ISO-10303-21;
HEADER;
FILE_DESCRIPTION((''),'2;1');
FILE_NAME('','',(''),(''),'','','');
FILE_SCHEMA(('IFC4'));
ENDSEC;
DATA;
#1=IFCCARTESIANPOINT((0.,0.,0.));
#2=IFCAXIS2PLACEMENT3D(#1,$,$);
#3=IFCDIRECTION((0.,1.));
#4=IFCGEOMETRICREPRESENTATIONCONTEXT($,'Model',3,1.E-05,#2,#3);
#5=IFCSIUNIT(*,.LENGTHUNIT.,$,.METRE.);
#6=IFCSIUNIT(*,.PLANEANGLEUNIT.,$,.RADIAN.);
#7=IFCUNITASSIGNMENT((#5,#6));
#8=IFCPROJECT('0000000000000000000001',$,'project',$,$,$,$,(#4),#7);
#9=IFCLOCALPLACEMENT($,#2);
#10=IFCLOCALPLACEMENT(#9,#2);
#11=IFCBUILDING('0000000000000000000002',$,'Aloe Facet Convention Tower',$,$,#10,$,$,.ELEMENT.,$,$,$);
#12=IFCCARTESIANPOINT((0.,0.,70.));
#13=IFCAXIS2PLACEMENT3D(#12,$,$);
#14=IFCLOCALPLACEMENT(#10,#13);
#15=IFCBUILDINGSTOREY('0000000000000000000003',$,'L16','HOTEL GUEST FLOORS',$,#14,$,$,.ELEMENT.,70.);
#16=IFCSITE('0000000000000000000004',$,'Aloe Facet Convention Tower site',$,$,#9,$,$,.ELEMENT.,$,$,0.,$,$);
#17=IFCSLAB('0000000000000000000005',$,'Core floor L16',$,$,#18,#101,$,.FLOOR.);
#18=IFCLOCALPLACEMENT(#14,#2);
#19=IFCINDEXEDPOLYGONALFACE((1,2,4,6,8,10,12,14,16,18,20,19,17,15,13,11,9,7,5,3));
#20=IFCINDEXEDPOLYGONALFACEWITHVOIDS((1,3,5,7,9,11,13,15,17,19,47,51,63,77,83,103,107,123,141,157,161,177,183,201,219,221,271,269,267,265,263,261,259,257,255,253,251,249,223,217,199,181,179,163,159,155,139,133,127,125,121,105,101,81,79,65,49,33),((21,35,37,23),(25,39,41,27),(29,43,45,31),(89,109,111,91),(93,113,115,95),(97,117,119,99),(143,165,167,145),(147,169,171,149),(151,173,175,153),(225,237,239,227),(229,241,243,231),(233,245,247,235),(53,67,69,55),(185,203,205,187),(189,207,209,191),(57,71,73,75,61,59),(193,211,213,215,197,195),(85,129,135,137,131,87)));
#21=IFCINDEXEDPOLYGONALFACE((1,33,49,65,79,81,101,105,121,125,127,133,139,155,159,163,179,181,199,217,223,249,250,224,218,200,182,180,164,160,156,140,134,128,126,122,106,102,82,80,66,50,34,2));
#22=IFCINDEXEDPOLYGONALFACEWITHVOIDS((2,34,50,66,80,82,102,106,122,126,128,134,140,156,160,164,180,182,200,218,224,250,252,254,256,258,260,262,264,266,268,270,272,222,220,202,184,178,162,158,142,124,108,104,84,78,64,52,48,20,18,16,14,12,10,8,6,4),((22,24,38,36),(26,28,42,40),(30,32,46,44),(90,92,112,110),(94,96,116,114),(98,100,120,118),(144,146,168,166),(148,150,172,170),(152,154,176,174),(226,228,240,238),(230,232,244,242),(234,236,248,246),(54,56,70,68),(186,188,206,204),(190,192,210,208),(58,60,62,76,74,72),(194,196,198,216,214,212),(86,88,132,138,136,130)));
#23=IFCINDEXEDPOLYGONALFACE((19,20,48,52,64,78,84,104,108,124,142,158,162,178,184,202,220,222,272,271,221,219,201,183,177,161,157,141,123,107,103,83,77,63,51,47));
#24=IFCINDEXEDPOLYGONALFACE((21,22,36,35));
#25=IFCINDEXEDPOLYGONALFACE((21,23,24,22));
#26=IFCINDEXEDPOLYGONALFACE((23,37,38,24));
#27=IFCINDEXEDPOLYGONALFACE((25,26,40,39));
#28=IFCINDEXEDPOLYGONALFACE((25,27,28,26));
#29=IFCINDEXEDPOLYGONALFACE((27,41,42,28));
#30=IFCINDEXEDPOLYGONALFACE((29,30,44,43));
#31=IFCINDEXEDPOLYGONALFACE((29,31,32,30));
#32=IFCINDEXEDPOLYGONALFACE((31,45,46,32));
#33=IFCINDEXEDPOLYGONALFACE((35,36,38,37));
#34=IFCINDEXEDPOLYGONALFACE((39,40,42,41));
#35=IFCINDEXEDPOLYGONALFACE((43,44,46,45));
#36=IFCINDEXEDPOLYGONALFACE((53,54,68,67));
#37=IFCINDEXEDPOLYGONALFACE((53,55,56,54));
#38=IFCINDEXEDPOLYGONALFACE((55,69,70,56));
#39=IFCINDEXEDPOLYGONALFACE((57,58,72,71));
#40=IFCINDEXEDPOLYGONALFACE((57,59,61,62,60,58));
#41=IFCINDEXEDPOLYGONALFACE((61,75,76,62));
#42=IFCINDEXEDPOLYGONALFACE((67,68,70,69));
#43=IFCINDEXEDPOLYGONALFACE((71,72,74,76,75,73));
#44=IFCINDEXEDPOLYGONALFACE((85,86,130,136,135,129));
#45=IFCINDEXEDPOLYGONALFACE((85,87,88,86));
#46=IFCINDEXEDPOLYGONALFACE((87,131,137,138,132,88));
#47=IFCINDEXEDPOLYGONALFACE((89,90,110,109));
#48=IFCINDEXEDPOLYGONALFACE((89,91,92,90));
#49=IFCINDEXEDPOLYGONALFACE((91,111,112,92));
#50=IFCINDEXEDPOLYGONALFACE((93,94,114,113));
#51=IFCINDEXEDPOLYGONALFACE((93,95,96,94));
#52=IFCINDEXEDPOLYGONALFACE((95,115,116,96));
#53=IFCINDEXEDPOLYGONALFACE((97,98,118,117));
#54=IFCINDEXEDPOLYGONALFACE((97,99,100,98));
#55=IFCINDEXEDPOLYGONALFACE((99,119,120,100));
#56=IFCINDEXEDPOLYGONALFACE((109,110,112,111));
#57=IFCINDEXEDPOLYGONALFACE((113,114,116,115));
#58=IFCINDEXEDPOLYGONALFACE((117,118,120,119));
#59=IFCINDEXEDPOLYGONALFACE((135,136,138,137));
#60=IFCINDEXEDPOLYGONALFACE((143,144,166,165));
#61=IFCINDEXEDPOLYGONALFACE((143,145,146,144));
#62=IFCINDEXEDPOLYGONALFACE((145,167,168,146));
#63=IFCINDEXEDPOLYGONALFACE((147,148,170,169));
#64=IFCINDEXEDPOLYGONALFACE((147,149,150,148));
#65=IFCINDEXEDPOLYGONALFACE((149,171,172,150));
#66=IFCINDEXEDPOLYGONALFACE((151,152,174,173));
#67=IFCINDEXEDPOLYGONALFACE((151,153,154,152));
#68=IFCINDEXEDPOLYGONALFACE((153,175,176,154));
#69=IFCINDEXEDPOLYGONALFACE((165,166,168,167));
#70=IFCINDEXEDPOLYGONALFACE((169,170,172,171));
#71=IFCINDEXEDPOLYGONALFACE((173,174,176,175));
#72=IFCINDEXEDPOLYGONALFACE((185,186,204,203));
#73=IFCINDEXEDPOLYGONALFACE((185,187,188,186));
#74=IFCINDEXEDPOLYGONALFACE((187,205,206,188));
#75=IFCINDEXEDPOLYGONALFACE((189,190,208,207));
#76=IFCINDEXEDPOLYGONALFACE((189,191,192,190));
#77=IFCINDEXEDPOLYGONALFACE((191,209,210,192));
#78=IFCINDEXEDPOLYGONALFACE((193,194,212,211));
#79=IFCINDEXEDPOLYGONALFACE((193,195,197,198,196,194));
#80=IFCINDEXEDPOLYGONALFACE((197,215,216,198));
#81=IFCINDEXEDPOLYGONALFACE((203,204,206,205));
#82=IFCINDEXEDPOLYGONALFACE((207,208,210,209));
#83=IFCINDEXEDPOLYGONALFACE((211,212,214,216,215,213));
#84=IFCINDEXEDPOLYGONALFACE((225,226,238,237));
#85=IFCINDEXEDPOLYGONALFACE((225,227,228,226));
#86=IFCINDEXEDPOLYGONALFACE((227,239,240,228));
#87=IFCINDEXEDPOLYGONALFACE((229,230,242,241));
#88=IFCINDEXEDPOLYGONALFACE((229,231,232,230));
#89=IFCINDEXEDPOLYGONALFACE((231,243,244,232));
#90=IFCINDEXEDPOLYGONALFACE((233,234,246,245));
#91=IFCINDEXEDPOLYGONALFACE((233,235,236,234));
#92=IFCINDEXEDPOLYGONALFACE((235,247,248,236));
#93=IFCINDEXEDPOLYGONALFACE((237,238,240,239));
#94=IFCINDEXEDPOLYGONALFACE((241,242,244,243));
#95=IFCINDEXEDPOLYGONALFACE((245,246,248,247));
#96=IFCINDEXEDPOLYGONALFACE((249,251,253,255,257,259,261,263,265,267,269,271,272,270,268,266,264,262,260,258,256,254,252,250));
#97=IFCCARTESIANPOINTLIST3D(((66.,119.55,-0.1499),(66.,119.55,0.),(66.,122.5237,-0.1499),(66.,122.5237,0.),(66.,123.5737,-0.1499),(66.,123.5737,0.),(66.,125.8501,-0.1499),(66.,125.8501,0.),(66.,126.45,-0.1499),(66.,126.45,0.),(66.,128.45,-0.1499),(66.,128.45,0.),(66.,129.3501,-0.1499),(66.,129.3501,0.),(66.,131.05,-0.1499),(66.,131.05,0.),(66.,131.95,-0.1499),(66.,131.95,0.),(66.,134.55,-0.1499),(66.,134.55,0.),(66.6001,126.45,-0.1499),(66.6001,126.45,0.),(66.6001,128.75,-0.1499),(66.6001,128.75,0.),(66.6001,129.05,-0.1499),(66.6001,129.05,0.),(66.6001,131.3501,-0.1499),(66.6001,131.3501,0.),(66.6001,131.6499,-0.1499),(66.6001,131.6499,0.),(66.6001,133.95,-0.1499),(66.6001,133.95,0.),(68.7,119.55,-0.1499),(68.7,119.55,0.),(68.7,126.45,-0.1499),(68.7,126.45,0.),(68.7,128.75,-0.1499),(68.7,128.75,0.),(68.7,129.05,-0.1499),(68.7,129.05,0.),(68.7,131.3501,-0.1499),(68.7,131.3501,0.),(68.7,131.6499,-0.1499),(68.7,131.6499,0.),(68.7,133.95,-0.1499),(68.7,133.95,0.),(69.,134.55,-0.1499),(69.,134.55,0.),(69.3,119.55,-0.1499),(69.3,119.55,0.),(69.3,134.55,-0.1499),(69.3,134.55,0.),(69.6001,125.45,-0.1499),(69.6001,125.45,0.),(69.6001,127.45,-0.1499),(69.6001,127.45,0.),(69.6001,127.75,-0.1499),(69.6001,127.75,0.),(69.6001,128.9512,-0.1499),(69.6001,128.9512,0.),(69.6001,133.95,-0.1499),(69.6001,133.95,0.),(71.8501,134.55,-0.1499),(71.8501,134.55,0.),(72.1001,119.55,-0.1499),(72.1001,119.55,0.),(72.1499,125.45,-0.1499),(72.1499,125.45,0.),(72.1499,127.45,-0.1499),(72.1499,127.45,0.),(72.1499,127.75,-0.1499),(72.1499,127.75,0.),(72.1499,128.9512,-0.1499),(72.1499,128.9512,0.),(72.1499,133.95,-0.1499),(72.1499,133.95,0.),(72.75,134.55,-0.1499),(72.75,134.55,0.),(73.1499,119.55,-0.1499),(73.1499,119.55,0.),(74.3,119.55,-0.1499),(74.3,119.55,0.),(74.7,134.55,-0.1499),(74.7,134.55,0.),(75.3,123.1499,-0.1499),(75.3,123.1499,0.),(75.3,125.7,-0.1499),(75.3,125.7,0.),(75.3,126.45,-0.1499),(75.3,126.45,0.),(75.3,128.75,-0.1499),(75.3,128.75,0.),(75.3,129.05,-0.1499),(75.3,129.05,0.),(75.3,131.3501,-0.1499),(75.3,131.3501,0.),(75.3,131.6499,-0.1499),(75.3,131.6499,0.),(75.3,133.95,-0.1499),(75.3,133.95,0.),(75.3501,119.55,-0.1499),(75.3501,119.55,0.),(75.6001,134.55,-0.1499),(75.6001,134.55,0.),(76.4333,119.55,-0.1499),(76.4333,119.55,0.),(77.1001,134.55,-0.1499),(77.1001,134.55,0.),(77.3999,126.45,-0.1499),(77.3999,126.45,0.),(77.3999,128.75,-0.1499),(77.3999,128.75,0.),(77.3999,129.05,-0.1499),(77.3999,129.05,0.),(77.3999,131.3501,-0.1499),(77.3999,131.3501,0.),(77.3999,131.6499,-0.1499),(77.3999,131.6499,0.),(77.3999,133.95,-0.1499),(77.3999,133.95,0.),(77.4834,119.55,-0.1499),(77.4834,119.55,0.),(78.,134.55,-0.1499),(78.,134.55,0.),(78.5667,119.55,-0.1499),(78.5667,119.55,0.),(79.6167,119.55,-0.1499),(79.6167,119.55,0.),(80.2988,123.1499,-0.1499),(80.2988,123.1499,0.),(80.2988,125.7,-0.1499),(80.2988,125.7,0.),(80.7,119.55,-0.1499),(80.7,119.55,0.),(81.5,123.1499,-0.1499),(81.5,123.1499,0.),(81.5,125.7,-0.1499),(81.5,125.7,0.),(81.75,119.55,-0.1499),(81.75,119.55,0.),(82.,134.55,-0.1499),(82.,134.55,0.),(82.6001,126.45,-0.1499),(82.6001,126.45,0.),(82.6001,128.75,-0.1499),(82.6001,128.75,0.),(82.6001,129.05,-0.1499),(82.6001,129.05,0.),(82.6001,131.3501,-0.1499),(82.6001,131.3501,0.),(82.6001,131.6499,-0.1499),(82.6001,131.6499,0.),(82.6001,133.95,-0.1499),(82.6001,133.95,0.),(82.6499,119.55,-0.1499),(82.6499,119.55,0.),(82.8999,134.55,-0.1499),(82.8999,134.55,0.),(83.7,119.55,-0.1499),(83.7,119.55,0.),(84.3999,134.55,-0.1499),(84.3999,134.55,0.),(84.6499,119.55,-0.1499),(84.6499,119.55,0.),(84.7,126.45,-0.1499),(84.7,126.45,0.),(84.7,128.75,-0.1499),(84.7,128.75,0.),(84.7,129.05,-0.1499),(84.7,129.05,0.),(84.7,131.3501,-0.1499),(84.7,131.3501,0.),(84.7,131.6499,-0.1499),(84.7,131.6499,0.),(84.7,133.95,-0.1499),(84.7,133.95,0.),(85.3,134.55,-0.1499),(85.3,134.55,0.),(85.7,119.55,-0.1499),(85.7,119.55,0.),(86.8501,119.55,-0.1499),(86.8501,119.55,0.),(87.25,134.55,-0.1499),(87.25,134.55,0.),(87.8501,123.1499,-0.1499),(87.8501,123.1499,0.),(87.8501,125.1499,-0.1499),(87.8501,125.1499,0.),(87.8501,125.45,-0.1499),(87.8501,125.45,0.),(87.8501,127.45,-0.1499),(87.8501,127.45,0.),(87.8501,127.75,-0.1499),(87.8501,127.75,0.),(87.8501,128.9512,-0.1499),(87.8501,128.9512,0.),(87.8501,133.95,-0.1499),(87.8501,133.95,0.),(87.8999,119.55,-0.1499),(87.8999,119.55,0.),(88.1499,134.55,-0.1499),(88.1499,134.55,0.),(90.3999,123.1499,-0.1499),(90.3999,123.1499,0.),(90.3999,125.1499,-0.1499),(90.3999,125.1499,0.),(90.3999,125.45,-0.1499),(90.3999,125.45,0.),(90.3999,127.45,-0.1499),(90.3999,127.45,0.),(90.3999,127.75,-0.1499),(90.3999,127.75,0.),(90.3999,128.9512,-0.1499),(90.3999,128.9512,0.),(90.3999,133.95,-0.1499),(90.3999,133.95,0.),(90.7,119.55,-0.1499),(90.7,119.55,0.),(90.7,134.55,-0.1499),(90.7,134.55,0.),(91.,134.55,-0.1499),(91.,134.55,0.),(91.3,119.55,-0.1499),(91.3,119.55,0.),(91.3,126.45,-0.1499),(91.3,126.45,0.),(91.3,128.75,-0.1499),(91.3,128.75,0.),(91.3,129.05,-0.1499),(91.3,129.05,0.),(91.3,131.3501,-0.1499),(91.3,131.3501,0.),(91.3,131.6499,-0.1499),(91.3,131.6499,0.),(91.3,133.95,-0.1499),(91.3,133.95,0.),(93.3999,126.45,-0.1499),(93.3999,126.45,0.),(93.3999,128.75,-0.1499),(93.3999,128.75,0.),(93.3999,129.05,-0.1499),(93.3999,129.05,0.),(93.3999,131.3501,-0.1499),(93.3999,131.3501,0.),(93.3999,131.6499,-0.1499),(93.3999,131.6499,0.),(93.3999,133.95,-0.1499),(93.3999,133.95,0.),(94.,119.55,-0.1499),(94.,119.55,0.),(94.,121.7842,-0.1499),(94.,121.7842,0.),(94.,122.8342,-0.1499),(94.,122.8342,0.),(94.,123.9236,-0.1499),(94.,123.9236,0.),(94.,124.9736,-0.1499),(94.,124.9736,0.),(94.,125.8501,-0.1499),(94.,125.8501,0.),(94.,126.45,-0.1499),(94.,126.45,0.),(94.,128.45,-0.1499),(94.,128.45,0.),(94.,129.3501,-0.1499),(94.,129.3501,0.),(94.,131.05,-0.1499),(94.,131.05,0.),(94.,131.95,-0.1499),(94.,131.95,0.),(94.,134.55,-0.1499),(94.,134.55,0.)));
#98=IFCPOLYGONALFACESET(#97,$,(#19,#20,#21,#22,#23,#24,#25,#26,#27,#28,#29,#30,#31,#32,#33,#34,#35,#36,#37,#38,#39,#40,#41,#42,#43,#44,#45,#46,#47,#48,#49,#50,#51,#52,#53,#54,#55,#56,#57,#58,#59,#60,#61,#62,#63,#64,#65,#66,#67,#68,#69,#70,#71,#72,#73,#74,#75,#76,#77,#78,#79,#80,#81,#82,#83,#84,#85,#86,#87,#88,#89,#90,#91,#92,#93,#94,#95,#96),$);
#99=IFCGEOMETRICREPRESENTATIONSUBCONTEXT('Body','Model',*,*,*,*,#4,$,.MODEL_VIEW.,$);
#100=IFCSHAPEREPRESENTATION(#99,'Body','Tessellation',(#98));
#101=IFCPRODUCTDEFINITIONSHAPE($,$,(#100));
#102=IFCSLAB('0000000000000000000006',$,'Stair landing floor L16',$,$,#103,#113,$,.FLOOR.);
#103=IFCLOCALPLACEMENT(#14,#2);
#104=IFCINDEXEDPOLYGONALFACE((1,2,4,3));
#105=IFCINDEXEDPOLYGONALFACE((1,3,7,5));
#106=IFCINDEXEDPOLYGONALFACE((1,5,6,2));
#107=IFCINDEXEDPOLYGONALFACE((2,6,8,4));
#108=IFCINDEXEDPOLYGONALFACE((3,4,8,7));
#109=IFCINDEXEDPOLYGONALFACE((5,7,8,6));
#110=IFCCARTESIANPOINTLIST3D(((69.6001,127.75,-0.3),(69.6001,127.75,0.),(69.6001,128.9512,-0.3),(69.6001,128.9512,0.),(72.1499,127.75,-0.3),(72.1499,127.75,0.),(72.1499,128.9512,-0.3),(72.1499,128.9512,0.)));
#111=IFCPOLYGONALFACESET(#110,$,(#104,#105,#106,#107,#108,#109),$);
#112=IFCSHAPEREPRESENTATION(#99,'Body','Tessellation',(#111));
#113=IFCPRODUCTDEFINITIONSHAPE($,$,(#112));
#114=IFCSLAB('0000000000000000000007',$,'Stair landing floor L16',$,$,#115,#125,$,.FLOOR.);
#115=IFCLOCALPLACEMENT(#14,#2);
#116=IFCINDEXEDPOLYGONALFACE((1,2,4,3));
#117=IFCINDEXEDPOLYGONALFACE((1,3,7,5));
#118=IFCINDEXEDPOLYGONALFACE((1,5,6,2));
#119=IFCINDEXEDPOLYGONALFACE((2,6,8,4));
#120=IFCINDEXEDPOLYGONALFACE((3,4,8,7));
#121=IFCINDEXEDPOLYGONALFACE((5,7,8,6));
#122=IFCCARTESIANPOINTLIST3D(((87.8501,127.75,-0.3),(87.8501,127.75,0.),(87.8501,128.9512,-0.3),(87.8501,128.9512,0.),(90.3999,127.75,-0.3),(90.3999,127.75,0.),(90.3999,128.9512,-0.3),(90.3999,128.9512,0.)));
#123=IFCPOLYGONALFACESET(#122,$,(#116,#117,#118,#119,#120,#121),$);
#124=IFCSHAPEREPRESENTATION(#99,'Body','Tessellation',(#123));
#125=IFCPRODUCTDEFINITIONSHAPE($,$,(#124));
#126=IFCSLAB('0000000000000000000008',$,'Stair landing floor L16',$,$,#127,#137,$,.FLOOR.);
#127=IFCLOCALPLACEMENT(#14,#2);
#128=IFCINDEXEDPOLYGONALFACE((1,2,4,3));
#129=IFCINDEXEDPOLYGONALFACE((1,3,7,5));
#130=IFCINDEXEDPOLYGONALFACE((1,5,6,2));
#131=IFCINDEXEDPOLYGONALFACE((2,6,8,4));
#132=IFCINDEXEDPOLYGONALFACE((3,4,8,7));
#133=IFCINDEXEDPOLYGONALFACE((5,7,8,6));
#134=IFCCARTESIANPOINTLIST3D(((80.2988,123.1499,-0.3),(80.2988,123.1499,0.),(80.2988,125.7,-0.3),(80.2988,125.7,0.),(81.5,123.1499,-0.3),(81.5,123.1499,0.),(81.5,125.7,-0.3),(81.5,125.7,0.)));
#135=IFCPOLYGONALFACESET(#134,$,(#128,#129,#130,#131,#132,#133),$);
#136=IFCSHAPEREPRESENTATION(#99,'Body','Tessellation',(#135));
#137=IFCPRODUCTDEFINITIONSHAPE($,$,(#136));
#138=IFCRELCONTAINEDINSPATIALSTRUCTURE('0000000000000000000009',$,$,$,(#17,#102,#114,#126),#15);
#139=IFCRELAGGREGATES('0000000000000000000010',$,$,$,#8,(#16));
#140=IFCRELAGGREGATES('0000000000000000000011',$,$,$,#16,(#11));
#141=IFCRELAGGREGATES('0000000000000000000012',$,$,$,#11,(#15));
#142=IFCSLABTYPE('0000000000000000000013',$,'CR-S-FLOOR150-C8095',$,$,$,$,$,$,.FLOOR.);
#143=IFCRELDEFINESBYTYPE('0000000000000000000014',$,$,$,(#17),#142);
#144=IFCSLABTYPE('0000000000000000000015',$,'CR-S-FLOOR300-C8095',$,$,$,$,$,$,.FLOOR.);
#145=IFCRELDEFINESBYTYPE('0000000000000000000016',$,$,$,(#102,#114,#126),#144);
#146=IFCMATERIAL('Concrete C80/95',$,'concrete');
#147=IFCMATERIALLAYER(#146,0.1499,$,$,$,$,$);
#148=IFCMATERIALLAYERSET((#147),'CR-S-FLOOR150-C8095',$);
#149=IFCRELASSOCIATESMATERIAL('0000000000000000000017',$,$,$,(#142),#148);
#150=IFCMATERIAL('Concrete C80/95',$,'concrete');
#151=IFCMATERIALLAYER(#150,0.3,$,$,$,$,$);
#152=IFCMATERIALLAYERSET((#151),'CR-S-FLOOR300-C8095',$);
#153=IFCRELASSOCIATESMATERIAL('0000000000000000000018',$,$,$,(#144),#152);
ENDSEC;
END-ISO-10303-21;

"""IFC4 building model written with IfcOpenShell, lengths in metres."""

from ifc_helpers import new_model, si_unit, direction, frame, origin, place, context, subcontext, project, spatial, polyline, outline, extrude, material, layer, layer_set, type_object, element, save


model = new_model("IFC4")

# Units and contexts
model_context = context("Model", 3, precision=1e-05, world=origin(), true_north=direction((0.0, 1.0)))
body_context = subcontext(model_context, "Body", "Model", "MODEL_VIEW")
ifc_project = project(units=[si_unit("LENGTHUNIT", "METRE"), si_unit("PLANEANGLEUNIT", "RADIAN")], contexts=[model_context])

# Site, building, storey
site_placement = place(None, origin())
site = spatial("IfcSite", under=ifc_project, at=site_placement, Name="Aloe Facet Convention Tower site", CompositionType="ELEMENT", RefElevation=0.0)
building_placement = place(site_placement, origin())
building = spatial("IfcBuilding", under=site, at=building_placement, Name="Aloe Facet Convention Tower", CompositionType="ELEMENT")
storey_placement = place(building_placement, frame((0.0, 0.0, 70.0)))
storey = spatial("IfcBuildingStorey", under=building, at=storey_placement, Name="L16", Description="HOTEL GUEST FLOORS", CompositionType="ELEMENT", Elevation=70.0)

# Slabs
ifc_material_1 = material(Name="Concrete C80/95", Category="concrete")
ifc_layer_1 = layer(ifc_material_1, 0.1499)
ifc_layer_set_1 = layer_set([ifc_layer_1], Name="CR-S-FLOOR150-C8095")
slab_type_1 = type_object("IfcSlabType", Name="CR-S-FLOOR150-C8095", PredefinedType="FLOOR", material=ifc_layer_set_1)
slab_1_placement = place(storey_placement, frame((0.0, 0.0, -0.1499)))
element("IfcSlab", 1, at=slab_1_placement, inside=storey, type_object=slab_type_1, Name="Core floor L16", PredefinedType="FLOOR", context=body_context, shape_type="SweptSolid", body=[
    extrude(outline(polyline([(69.3, 134.55), (71.8501, 134.55), (72.75, 134.55), (74.7, 134.55), (75.6001, 134.55), (77.1001, 134.55), (78.0, 134.55), (82.0, 134.55), (82.8999, 134.55), (84.3999, 134.55), (85.3, 134.55), (87.25, 134.55), (88.1499, 134.55), (90.7, 134.55), (91.0, 134.55), (94.0, 134.55), (94.0, 131.95), (94.0, 131.05), (94.0, 129.3501), (94.0, 128.45), (94.0, 126.45), (94.0, 125.8501), (94.0, 124.9736), (94.0, 123.9236), (94.0, 122.8342), (94.0, 121.7842), (94.0, 119.55), (91.3, 119.55), (90.7, 119.55), (87.8999, 119.55), (86.8501, 119.55), (85.7, 119.55), (84.6499, 119.55), (83.7, 119.55), (82.6499, 119.55), (81.75, 119.55), (80.7, 119.55), (79.6167, 119.55), (78.5667, 119.55), (77.4834, 119.55), (76.4333, 119.55), (75.3501, 119.55), (74.3, 119.55), (73.1499, 119.55), (72.1001, 119.55), (69.3, 119.55), (68.7, 119.55), (66.0, 119.55), (66.0, 122.5237), (66.0, 123.5737), (66.0, 125.8501), (66.0, 126.45), (66.0, 128.45), (66.0, 129.3501), (66.0, 131.05), (66.0, 131.95), (66.0, 134.55), (69.0, 134.55), (69.3, 134.55)]), holes=[polyline([(75.3, 123.1499), (80.2988, 123.1499), (81.5, 123.1499), (81.5, 125.7), (80.2988, 125.7), (75.3, 125.7), (75.3, 123.1499)]), polyline([(69.6001, 125.45), (72.1499, 125.45), (72.1499, 127.45), (69.6001, 127.45), (69.6001, 125.45)]), polyline([(66.6001, 126.45), (68.7, 126.45), (68.7, 128.75), (66.6001, 128.75), (66.6001, 126.45)]), polyline([(75.3, 126.45), (77.3999, 126.45), (77.3999, 128.75), (75.3, 128.75), (75.3, 126.45)]), polyline([(66.6001, 129.05), (68.7, 129.05), (68.7, 131.3501), (66.6001, 131.3501), (66.6001, 129.05)]), polyline([(75.3, 129.05), (77.3999, 129.05), (77.3999, 131.3501), (75.3, 131.3501), (75.3, 129.05)]), polyline([(69.6001, 133.95), (69.6001, 128.9512), (69.6001, 127.75), (72.1499, 127.75), (72.1499, 128.9512), (72.1499, 133.95), (69.6001, 133.95)]), polyline([(66.6001, 133.95), (66.6001, 131.6499), (68.7, 131.6499), (68.7, 133.95), (66.6001, 133.95)]), polyline([(75.3, 133.95), (75.3, 131.6499), (77.3999, 131.6499), (77.3999, 133.95), (75.3, 133.95)]), polyline([(87.8501, 123.1499), (90.3999, 123.1499), (90.3999, 125.1499), (87.8501, 125.1499), (87.8501, 123.1499)]), polyline([(87.8501, 125.45), (90.3999, 125.45), (90.3999, 127.45), (87.8501, 127.45), (87.8501, 125.45)]), polyline([(82.6001, 126.45), (84.7, 126.45), (84.7, 128.75), (82.6001, 128.75), (82.6001, 126.45)]), polyline([(91.3, 126.45), (93.3999, 126.45), (93.3999, 128.75), (91.3, 128.75), (91.3, 126.45)]), polyline([(82.6001, 129.05), (84.7, 129.05), (84.7, 131.3501), (82.6001, 131.3501), (82.6001, 129.05)]), polyline([(91.3, 129.05), (93.3999, 129.05), (93.3999, 131.3501), (91.3, 131.3501), (91.3, 129.05)]), polyline([(87.8501, 133.95), (87.8501, 128.9512), (87.8501, 127.75), (90.3999, 127.75), (90.3999, 128.9512), (90.3999, 133.95), (87.8501, 133.95)]), polyline([(82.6001, 133.95), (82.6001, 131.6499), (84.7, 131.6499), (84.7, 133.95), (82.6001, 133.95)]), polyline([(91.3, 133.95), (91.3, 131.6499), (93.3999, 131.6499), (93.3999, 133.95), (91.3, 133.95)])]), origin(), (0.0, 0.0, 1.0), 0.1499),
])
ifc_material_2 = material(Name="Concrete C80/95", Category="concrete")
ifc_layer_2 = layer(ifc_material_2, 0.3)
ifc_layer_set_2 = layer_set([ifc_layer_2], Name="CR-S-FLOOR300-C8095")
slab_type_2 = type_object("IfcSlabType", Name="CR-S-FLOOR300-C8095", PredefinedType="FLOOR", material=ifc_layer_set_2)
slab_2_placement = place(storey_placement, frame((0.0, 0.0, -0.3)))
element("IfcSlab", 2, at=slab_2_placement, inside=storey, type_object=slab_type_2, Name="Stair landing floor L16", PredefinedType="FLOOR", context=body_context, shape_type="SweptSolid", body=[
    extrude(outline(polyline([(72.1499, 127.75), (72.1499, 128.9512), (69.6001, 128.9512), (69.6001, 127.75), (72.1499, 127.75)])), origin(), (0.0, 0.0, 1.0), 0.3),
])
slab_3_placement = place(storey_placement, frame((0.0, 0.0, -0.3)))
element("IfcSlab", 3, at=slab_3_placement, inside=storey, type_object=slab_type_2, Name="Stair landing floor L16", PredefinedType="FLOOR", context=body_context, shape_type="SweptSolid", body=[
    extrude(outline(polyline([(90.3999, 127.75), (90.3999, 128.9512), (87.8501, 128.9512), (87.8501, 127.75), (90.3999, 127.75)])), origin(), (0.0, 0.0, 1.0), 0.3),
])
slab_4_placement = place(storey_placement, frame((0.0, 0.0, -0.3)))
element("IfcSlab", 4, at=slab_4_placement, inside=storey, type_object=slab_type_2, Name="Stair landing floor L16", PredefinedType="FLOOR", context=body_context, shape_type="SweptSolid", body=[
    extrude(outline(polyline([(81.5, 125.7), (80.2988, 125.7), (80.2988, 123.1499), (81.5, 123.1499), (81.5, 125.7)])), origin(), (0.0, 0.0, 1.0), 0.3),
])

save(model, "model.ifc")
